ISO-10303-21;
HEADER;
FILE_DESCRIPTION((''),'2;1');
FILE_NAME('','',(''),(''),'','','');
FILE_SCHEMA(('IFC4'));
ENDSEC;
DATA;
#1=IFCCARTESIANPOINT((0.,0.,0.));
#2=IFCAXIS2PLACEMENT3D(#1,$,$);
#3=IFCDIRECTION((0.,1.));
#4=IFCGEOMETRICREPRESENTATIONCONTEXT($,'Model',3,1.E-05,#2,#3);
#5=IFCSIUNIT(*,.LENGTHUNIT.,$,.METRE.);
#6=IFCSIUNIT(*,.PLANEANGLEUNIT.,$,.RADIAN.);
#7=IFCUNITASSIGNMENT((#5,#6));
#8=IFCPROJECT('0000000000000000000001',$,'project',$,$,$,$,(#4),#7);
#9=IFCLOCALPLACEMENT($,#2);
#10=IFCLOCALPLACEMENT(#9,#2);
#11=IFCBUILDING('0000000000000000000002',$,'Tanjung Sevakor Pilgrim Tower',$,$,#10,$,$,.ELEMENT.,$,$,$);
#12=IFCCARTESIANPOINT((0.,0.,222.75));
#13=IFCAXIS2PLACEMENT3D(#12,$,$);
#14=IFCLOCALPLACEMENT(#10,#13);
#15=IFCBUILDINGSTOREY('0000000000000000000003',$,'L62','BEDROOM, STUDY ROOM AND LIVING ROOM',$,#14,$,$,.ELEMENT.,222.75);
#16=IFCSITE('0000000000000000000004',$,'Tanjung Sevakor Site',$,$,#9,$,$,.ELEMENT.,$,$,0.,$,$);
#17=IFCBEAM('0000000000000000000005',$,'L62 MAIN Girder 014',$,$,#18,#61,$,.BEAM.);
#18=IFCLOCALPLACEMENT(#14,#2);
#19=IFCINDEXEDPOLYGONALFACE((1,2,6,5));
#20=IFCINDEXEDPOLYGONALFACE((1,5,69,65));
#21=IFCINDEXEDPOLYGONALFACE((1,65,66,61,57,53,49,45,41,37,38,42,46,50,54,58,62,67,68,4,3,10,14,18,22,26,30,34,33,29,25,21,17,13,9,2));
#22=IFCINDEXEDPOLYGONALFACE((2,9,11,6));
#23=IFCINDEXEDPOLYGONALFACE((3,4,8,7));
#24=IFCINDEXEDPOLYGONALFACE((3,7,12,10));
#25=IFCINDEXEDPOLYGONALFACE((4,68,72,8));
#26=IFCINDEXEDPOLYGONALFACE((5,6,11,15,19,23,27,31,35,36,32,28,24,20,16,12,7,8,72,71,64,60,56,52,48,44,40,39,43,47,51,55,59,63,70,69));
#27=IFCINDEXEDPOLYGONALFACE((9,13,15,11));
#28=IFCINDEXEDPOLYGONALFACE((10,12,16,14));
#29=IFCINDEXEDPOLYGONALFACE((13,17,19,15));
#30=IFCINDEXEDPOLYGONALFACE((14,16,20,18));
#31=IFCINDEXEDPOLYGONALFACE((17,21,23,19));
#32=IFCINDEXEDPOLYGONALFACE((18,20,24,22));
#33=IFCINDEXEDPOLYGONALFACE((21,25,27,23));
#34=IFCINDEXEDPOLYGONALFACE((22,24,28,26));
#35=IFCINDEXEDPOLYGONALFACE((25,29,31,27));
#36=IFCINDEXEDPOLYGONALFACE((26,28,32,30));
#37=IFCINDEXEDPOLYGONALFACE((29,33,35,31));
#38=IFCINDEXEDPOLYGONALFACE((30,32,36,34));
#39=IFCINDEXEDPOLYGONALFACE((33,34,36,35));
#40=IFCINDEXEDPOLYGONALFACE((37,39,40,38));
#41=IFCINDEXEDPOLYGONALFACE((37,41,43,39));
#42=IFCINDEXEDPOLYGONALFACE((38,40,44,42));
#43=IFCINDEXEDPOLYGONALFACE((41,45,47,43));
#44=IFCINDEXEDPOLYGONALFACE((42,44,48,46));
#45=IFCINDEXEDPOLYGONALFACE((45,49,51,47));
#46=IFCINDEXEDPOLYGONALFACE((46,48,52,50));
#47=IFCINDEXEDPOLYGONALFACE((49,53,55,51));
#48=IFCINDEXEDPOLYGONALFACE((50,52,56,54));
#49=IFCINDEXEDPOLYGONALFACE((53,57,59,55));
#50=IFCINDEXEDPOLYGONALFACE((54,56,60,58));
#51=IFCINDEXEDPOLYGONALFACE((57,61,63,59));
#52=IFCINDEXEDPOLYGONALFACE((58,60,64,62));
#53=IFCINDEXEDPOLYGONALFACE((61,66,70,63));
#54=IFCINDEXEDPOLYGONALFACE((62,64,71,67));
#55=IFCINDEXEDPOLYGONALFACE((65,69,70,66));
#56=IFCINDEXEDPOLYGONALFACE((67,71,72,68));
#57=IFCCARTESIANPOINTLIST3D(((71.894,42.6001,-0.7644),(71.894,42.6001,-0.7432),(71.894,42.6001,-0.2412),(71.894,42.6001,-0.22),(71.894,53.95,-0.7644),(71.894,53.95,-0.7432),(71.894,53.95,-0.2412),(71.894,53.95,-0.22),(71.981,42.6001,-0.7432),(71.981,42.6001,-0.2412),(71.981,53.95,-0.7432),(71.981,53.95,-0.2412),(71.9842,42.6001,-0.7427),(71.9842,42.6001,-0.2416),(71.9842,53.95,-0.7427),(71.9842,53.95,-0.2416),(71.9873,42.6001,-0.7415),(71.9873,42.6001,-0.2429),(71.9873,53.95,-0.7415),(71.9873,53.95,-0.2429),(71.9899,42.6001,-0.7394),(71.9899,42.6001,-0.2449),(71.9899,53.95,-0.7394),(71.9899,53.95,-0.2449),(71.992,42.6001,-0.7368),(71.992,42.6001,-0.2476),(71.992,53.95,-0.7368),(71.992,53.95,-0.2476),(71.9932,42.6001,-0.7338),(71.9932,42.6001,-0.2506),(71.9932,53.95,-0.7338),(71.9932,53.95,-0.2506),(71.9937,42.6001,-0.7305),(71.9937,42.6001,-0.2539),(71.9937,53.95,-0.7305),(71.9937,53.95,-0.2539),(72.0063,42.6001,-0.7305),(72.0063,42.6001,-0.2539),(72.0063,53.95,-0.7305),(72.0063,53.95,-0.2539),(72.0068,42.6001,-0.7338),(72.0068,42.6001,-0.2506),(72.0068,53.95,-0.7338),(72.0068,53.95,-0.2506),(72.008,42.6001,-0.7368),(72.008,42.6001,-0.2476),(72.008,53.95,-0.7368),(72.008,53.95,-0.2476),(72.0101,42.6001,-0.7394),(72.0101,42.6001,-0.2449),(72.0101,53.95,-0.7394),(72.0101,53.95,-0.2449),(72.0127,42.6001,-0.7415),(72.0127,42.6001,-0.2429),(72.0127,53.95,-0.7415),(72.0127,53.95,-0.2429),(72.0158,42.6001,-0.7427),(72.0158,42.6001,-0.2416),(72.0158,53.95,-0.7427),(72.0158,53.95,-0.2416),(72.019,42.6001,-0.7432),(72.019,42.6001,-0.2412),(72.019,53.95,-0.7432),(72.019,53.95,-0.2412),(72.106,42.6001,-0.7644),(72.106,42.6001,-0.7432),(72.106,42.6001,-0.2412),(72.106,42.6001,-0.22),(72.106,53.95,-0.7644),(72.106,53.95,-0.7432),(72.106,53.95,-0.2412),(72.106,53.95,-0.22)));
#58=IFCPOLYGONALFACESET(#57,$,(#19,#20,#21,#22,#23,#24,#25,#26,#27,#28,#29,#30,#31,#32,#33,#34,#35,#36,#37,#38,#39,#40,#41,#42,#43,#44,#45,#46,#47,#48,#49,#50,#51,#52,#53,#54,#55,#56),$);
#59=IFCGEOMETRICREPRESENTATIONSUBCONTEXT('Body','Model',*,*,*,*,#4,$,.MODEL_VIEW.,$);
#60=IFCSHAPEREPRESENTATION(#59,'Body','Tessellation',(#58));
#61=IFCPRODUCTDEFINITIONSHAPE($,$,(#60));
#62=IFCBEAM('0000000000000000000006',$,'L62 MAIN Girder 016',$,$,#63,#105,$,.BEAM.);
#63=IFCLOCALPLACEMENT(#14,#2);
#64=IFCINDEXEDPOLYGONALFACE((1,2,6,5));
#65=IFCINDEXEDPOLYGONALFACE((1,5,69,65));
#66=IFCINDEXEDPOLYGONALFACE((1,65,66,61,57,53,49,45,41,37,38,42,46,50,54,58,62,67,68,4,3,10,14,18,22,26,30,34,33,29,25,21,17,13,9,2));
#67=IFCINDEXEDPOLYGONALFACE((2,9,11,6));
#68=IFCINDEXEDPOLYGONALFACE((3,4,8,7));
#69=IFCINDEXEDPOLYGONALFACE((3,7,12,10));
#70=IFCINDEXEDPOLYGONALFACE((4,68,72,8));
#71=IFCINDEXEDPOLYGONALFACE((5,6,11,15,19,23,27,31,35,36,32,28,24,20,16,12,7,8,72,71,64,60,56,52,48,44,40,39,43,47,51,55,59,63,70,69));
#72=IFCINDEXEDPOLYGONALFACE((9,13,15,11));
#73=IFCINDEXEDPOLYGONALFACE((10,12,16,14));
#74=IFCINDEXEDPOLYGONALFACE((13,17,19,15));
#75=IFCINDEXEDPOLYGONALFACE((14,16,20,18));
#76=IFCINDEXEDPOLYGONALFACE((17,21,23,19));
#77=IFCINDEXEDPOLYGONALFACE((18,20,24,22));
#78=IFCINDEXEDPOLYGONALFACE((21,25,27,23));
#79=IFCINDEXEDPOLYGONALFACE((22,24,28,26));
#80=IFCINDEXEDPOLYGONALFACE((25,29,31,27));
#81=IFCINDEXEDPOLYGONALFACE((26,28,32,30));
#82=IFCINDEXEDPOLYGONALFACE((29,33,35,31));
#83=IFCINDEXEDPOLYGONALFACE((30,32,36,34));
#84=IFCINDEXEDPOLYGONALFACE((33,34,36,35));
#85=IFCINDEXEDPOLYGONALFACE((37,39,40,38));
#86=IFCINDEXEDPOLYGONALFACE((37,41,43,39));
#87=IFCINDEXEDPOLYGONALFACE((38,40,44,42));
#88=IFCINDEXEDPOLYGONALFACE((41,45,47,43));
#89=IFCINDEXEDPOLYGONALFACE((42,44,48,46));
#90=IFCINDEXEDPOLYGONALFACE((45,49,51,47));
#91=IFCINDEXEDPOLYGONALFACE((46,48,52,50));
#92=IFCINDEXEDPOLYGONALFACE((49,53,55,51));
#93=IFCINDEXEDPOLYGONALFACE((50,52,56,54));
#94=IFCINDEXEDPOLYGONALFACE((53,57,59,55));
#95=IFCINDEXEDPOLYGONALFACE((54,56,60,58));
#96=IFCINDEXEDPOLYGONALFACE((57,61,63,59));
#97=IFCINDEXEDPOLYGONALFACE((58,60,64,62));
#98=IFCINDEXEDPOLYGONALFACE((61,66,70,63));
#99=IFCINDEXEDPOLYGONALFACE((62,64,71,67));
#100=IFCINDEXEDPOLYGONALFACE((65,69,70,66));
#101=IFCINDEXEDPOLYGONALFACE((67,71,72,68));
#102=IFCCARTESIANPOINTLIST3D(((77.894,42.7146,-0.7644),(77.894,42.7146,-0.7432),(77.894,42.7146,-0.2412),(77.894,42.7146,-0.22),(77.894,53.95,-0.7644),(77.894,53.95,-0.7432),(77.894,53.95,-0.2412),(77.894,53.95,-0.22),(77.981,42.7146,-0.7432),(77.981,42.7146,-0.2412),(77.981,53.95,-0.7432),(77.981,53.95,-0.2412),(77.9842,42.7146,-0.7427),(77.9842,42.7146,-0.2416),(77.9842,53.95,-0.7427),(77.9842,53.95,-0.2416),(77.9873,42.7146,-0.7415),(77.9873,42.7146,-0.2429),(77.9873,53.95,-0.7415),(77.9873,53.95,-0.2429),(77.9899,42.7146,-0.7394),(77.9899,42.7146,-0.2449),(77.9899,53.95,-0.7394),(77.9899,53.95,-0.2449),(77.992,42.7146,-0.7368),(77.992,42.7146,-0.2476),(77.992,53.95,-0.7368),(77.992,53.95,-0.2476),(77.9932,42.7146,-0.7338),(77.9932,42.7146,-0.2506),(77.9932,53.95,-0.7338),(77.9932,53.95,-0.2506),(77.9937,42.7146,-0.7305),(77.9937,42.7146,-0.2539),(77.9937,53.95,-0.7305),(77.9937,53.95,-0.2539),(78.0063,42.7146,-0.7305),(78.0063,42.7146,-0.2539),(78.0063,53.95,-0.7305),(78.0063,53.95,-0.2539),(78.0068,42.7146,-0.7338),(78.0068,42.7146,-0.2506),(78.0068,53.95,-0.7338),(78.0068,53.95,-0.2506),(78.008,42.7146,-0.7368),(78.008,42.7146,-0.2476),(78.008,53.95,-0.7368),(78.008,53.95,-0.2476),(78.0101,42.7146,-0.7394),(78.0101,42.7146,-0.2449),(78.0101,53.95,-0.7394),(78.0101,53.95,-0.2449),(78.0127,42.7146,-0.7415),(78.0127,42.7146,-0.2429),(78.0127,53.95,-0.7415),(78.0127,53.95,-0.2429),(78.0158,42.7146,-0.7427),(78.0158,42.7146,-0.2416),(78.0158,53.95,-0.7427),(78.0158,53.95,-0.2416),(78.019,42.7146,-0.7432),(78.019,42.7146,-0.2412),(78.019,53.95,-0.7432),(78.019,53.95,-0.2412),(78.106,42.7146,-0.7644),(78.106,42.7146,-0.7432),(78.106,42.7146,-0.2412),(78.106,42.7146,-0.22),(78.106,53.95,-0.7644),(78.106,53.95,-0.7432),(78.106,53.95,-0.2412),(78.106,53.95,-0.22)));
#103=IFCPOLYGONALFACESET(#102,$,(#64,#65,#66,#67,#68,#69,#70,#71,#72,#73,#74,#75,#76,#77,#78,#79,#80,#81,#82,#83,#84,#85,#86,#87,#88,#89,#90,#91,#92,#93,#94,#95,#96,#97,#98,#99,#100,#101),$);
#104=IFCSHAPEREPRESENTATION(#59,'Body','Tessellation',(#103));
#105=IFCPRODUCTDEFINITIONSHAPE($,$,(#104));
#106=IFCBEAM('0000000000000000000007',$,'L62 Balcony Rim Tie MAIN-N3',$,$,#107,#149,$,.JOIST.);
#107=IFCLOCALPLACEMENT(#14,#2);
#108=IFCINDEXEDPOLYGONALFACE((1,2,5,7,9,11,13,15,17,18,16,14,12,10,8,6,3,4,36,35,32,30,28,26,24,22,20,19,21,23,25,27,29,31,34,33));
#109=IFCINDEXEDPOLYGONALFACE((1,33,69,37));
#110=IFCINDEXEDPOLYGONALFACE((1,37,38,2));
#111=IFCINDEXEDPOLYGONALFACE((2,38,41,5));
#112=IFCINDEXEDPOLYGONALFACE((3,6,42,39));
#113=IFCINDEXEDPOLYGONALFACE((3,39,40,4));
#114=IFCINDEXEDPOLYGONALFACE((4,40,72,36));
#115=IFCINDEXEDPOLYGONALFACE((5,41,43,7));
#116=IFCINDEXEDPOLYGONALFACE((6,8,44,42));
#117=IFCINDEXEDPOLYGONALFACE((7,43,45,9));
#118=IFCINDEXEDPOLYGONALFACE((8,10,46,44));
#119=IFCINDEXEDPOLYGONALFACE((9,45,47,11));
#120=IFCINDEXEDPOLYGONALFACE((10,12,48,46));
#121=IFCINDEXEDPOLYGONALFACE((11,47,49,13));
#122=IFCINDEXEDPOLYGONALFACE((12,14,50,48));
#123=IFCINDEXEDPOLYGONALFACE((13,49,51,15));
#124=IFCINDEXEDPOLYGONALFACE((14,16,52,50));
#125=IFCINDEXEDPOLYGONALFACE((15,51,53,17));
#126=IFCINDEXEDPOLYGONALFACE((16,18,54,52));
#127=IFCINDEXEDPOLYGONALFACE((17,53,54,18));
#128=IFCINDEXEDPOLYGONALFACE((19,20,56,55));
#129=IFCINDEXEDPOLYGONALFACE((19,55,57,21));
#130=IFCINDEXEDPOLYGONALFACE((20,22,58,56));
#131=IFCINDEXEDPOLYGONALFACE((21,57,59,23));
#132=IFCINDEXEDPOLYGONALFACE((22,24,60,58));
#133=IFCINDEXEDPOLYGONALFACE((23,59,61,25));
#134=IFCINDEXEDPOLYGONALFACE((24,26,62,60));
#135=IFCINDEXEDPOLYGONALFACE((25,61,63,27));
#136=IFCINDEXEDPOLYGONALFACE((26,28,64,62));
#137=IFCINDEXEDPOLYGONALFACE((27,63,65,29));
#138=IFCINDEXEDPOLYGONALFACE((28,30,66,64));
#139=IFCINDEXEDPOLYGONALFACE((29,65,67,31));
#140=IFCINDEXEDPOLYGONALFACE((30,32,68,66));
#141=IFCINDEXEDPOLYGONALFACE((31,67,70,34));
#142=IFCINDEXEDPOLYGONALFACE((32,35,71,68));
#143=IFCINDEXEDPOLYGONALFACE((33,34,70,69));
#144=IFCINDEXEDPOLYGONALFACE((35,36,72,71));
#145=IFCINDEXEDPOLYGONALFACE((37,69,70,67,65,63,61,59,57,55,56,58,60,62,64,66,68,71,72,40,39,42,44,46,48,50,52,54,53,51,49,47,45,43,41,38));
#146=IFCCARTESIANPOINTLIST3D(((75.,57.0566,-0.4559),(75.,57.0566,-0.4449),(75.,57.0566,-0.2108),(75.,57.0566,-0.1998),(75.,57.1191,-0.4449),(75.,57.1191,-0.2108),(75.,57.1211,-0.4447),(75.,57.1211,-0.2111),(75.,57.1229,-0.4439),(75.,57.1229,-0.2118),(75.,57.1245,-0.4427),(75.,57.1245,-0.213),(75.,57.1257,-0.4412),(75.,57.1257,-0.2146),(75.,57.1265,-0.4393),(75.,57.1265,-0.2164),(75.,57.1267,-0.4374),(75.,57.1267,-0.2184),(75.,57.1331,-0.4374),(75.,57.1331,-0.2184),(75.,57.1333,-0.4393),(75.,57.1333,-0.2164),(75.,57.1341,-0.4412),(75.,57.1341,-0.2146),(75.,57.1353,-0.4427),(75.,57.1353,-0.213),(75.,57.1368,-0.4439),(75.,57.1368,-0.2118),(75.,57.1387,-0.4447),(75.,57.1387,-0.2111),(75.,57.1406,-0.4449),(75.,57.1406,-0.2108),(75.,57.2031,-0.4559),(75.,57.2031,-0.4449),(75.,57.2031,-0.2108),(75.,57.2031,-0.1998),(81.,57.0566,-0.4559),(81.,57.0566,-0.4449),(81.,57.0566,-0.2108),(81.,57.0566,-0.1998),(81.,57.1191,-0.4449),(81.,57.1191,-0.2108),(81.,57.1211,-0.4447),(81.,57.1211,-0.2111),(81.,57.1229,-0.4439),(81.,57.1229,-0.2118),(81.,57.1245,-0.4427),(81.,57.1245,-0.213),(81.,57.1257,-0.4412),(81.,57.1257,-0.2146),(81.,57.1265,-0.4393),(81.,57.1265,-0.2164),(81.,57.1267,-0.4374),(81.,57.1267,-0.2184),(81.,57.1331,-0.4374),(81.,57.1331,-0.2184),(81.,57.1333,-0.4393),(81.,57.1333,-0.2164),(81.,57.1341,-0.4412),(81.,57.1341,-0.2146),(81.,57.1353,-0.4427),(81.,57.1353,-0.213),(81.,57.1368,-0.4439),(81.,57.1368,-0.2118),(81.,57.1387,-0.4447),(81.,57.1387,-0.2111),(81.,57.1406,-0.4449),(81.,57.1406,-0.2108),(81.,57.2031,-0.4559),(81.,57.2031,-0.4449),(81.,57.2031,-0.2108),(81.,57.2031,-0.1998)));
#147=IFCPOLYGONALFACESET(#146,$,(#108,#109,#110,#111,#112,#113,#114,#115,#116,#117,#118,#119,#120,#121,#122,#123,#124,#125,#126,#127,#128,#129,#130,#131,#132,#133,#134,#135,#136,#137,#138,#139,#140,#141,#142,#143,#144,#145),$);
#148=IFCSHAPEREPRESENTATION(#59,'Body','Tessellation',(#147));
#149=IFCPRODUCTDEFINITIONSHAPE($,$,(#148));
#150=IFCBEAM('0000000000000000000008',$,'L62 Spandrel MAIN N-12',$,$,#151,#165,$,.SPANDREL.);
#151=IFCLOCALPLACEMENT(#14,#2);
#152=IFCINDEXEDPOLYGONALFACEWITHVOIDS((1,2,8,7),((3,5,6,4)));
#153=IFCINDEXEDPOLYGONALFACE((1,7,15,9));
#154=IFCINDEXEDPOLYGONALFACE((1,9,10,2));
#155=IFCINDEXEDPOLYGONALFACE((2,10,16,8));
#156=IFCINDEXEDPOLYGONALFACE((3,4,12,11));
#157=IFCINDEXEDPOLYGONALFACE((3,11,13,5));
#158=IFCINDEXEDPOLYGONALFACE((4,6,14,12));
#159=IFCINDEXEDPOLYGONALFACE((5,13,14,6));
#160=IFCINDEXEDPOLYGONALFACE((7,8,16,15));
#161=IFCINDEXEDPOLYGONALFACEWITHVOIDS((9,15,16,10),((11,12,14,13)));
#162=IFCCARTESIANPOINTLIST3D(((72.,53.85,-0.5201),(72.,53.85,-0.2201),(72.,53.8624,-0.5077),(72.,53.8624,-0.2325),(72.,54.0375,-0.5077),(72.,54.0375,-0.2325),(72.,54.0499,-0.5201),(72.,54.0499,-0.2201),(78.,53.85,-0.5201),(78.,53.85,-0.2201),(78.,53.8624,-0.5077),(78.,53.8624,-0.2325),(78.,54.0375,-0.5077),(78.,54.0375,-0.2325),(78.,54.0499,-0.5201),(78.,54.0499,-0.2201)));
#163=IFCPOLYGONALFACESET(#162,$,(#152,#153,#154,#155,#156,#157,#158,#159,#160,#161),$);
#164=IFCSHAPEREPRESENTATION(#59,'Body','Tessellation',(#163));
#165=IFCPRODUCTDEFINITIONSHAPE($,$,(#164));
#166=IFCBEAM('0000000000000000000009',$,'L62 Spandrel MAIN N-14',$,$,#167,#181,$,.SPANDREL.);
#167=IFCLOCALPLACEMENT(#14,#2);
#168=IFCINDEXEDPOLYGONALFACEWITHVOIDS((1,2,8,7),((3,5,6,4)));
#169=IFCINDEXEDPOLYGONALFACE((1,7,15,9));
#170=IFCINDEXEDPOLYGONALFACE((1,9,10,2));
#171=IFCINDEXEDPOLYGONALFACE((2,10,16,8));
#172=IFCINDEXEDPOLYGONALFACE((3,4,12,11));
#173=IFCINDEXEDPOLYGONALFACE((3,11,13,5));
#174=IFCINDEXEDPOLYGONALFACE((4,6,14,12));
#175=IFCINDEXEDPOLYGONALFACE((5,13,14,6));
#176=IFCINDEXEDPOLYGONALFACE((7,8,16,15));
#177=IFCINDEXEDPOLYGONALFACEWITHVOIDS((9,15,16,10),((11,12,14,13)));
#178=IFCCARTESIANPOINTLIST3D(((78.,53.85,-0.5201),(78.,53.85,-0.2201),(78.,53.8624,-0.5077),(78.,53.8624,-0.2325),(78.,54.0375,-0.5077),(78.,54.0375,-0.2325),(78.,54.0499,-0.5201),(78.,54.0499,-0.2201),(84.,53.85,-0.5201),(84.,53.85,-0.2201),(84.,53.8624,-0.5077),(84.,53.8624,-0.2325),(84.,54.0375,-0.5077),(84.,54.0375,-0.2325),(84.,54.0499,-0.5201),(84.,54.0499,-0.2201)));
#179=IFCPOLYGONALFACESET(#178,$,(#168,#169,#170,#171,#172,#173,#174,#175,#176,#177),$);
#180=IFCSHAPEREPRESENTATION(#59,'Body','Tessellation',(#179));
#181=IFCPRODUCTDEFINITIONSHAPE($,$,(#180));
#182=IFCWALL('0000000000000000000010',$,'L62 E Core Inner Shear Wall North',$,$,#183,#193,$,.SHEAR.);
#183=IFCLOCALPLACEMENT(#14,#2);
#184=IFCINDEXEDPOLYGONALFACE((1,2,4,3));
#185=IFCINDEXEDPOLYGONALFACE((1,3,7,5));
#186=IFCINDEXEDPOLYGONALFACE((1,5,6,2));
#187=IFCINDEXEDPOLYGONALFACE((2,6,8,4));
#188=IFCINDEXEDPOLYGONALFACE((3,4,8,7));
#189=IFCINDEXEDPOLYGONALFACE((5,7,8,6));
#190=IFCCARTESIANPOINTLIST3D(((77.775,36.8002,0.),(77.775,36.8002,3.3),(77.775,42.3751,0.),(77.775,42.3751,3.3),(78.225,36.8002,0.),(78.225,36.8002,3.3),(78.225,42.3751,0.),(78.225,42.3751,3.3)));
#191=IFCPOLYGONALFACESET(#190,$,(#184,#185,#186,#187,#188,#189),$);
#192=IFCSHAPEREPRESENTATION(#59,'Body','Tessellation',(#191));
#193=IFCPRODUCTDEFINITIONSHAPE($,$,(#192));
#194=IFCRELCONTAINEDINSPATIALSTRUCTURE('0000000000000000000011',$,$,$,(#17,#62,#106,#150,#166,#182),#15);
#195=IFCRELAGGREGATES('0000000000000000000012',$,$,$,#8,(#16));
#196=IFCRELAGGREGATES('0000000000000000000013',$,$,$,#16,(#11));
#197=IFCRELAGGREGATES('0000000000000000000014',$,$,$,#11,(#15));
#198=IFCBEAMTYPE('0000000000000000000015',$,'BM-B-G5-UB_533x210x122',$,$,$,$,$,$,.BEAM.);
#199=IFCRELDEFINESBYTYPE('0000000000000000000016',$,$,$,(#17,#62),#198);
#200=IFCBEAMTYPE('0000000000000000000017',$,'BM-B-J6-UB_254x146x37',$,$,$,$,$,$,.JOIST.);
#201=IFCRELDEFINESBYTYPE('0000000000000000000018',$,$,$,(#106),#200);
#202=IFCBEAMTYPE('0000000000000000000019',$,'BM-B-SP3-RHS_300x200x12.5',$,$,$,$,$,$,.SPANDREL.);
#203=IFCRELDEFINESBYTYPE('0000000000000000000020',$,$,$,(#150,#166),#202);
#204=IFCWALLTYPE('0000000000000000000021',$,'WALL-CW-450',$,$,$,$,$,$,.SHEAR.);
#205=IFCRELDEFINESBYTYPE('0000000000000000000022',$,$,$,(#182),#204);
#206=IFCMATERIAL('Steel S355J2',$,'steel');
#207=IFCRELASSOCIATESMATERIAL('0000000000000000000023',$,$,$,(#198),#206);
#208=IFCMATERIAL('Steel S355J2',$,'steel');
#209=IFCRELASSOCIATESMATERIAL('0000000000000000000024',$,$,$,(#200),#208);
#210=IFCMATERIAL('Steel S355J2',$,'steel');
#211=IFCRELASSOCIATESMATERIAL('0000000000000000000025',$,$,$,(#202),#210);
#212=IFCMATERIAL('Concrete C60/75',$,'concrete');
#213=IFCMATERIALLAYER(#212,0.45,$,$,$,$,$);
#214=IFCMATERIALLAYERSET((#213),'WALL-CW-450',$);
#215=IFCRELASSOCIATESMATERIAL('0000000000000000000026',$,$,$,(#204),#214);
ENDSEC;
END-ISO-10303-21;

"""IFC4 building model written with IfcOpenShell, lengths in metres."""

from ifc_helpers import new_model, si_unit, direction, frame, frame_2d, origin, origin_2d, place, context, subcontext, project, spatial, rectangle, hollow_rectangle, i_section, extrude, material, layer, layer_set, material_profile, profile_set, type_object, element, save


model = new_model("IFC4")

# Units and contexts
model_context = context("Model", 3, precision=1e-05, world=origin(), true_north=direction((0.0, 1.0)))
body_context = subcontext(model_context, "Body", "Model", "MODEL_VIEW")
ifc_project = project(units=[si_unit("LENGTHUNIT", "METRE"), si_unit("PLANEANGLEUNIT", "RADIAN")], contexts=[model_context])

# Site, building, storey
site_placement = place(None, origin())
site = spatial("IfcSite", under=ifc_project, at=site_placement, Name="Tanjung Sevakor Site", CompositionType="ELEMENT", RefElevation=0.0)
building_placement = place(site_placement, origin())
building = spatial("IfcBuilding", under=site, at=building_placement, Name="Tanjung Sevakor Pilgrim Tower", CompositionType="ELEMENT")
storey_placement = place(building_placement, frame((0.0, 0.0, 222.75)))
storey = spatial("IfcBuildingStorey", under=building, at=storey_placement, Name="L62", Description="BEDROOM, STUDY ROOM AND LIVING ROOM", CompositionType="ELEMENT", Elevation=222.75)

# Beams
ifc_material_1 = material(Name="Steel S355J2", Category="steel")
ifc_material_profile_1 = material_profile(ifc_material_1, i_section(OverallWidth=0.2119, OverallDepth=0.5444, WebThickness=0.0127, FlangeThickness=0.0212, FilletRadius=0.0127, at=origin_2d()))
ifc_profile_set_1 = profile_set([ifc_material_profile_1], Name="Steel S355J2")
beam_type_1 = type_object("IfcBeamType", Name="BM-B-G5-UB_533x210x122", PredefinedType="BEAM", material=ifc_profile_set_1)
beam_1_placement = place(storey_placement, frame((72.0, 42.6001, -0.4922), z_axis=(0.0, 1.0, 0.0), x_axis=(-1.0, 0.0, 0.0)))
element("IfcBeam", 1, at=beam_1_placement, inside=storey, type_object=beam_type_1, Name="L62 MAIN Girder 014", PredefinedType="BEAM", context=body_context, shape_type="SweptSolid", body=[
    extrude(i_section(OverallWidth=0.2119, OverallDepth=0.5444, WebThickness=0.0127, FlangeThickness=0.0212, FilletRadius=0.0127, at=origin_2d()), origin(), (0.0, 0.0, 1.0), 11.3499),
])
beam_2_placement = place(storey_placement, frame((78.0, 42.7146, -0.4922), z_axis=(0.0, 1.0, 0.0), x_axis=(-1.0, 0.0, 0.0)))
element("IfcBeam", 2, at=beam_2_placement, inside=storey, type_object=beam_type_1, Name="L62 MAIN Girder 016", PredefinedType="BEAM", context=body_context, shape_type="SweptSolid", body=[
    extrude(i_section(OverallWidth=0.2119, OverallDepth=0.5444, WebThickness=0.0127, FlangeThickness=0.0212, FilletRadius=0.0127, at=origin_2d()), origin(), (0.0, 0.0, 1.0), 11.2354),
])
ifc_material_2 = material(Name="Steel S355J2", Category="steel")
ifc_material_profile_2 = material_profile(ifc_material_2, i_section(OverallWidth=0.1465, OverallDepth=0.2561, WebThickness=0.0063, FlangeThickness=0.011, FilletRadius=0.0076, at=origin_2d()))
ifc_profile_set_2 = profile_set([ifc_material_profile_2], Name="Steel S355J2")
beam_type_2 = type_object("IfcBeamType", Name="BM-B-J6-UB_254x146x37", PredefinedType="JOIST", material=ifc_profile_set_2)
beam_3_placement = place(storey_placement, frame((75.0, 57.1299, -0.3279), z_axis=(1.0, 0.0, 0.0), x_axis=(0.0, 1.0, 0.0)))
element("IfcBeam", 3, at=beam_3_placement, inside=storey, type_object=beam_type_2, Name="L62 Balcony Rim Tie MAIN-N3", PredefinedType="JOIST", context=body_context, shape_type="SweptSolid", body=[
    extrude(i_section(OverallWidth=0.1465, OverallDepth=0.2561, WebThickness=0.0063, FlangeThickness=0.011, FilletRadius=0.0076, at=origin_2d()), origin(), (0.0, 0.0, 1.0), 6.0),
])
ifc_material_3 = material(Name="Steel S355J2", Category="steel")
ifc_material_profile_3 = material_profile(ifc_material_3, hollow_rectangle(XDim=0.2, YDim=0.3, WallThickness=0.0125, at=origin_2d()))
ifc_profile_set_3 = profile_set([ifc_material_profile_3], Name="Steel S355J2")
beam_type_3 = type_object("IfcBeamType", Name="BM-B-SP3-RHS_300x200x12.5", PredefinedType="SPANDREL", material=ifc_profile_set_3)
for number, where, z_axis, x_axis, name in (
    (4, (72.0, 53.95, -0.3701), (1.0, 0.0, 0.0), (0.0, 1.0, 0.0), "L62 Spandrel MAIN N-12"),
    (5, (78.0, 53.95, -0.3701), (1.0, 0.0, 0.0), (0.0, 1.0, 0.0), "L62 Spandrel MAIN N-14"),
):
    element("IfcBeam", number, at=place(storey_placement, frame(where, z_axis=z_axis, x_axis=x_axis)), inside=storey, type_object=beam_type_3, Name=name, PredefinedType="SPANDREL", context=body_context, shape_type="SweptSolid", body=[
        extrude(hollow_rectangle(XDim=0.2, YDim=0.3, WallThickness=0.0125, at=origin_2d()), origin(), (0.0, 0.0, 1.0), 6.0),
    ])

# Wall
ifc_material_4 = material(Name="Concrete C60/75", Category="concrete")
ifc_layer_1 = layer(ifc_material_4, 0.45)
ifc_layer_set_1 = layer_set([ifc_layer_1], Name="WALL-CW-450")
wall_type_1 = type_object("IfcWallType", Name="WALL-CW-450", PredefinedType="SHEAR", material=ifc_layer_set_1)
wall_1_placement = place(storey_placement, frame((78.0, 36.8, 0.0), z_axis=(0.0, 0.0, 1.0), x_axis=(0.0, 1.0, 0.0)))
element("IfcWall", 6, at=wall_1_placement, inside=storey, type_object=wall_type_1, Name="L62 E Core Inner Shear Wall North", PredefinedType="SHEAR", context=body_context, shape_type="SweptSolid", body=[
    extrude(rectangle(XDim=5.575, YDim=0.45, at=frame_2d((2.7876, 0.0))), origin(), (0.0, 0.0, 1.0), 3.3),
])

save(model, "model.ifc")
